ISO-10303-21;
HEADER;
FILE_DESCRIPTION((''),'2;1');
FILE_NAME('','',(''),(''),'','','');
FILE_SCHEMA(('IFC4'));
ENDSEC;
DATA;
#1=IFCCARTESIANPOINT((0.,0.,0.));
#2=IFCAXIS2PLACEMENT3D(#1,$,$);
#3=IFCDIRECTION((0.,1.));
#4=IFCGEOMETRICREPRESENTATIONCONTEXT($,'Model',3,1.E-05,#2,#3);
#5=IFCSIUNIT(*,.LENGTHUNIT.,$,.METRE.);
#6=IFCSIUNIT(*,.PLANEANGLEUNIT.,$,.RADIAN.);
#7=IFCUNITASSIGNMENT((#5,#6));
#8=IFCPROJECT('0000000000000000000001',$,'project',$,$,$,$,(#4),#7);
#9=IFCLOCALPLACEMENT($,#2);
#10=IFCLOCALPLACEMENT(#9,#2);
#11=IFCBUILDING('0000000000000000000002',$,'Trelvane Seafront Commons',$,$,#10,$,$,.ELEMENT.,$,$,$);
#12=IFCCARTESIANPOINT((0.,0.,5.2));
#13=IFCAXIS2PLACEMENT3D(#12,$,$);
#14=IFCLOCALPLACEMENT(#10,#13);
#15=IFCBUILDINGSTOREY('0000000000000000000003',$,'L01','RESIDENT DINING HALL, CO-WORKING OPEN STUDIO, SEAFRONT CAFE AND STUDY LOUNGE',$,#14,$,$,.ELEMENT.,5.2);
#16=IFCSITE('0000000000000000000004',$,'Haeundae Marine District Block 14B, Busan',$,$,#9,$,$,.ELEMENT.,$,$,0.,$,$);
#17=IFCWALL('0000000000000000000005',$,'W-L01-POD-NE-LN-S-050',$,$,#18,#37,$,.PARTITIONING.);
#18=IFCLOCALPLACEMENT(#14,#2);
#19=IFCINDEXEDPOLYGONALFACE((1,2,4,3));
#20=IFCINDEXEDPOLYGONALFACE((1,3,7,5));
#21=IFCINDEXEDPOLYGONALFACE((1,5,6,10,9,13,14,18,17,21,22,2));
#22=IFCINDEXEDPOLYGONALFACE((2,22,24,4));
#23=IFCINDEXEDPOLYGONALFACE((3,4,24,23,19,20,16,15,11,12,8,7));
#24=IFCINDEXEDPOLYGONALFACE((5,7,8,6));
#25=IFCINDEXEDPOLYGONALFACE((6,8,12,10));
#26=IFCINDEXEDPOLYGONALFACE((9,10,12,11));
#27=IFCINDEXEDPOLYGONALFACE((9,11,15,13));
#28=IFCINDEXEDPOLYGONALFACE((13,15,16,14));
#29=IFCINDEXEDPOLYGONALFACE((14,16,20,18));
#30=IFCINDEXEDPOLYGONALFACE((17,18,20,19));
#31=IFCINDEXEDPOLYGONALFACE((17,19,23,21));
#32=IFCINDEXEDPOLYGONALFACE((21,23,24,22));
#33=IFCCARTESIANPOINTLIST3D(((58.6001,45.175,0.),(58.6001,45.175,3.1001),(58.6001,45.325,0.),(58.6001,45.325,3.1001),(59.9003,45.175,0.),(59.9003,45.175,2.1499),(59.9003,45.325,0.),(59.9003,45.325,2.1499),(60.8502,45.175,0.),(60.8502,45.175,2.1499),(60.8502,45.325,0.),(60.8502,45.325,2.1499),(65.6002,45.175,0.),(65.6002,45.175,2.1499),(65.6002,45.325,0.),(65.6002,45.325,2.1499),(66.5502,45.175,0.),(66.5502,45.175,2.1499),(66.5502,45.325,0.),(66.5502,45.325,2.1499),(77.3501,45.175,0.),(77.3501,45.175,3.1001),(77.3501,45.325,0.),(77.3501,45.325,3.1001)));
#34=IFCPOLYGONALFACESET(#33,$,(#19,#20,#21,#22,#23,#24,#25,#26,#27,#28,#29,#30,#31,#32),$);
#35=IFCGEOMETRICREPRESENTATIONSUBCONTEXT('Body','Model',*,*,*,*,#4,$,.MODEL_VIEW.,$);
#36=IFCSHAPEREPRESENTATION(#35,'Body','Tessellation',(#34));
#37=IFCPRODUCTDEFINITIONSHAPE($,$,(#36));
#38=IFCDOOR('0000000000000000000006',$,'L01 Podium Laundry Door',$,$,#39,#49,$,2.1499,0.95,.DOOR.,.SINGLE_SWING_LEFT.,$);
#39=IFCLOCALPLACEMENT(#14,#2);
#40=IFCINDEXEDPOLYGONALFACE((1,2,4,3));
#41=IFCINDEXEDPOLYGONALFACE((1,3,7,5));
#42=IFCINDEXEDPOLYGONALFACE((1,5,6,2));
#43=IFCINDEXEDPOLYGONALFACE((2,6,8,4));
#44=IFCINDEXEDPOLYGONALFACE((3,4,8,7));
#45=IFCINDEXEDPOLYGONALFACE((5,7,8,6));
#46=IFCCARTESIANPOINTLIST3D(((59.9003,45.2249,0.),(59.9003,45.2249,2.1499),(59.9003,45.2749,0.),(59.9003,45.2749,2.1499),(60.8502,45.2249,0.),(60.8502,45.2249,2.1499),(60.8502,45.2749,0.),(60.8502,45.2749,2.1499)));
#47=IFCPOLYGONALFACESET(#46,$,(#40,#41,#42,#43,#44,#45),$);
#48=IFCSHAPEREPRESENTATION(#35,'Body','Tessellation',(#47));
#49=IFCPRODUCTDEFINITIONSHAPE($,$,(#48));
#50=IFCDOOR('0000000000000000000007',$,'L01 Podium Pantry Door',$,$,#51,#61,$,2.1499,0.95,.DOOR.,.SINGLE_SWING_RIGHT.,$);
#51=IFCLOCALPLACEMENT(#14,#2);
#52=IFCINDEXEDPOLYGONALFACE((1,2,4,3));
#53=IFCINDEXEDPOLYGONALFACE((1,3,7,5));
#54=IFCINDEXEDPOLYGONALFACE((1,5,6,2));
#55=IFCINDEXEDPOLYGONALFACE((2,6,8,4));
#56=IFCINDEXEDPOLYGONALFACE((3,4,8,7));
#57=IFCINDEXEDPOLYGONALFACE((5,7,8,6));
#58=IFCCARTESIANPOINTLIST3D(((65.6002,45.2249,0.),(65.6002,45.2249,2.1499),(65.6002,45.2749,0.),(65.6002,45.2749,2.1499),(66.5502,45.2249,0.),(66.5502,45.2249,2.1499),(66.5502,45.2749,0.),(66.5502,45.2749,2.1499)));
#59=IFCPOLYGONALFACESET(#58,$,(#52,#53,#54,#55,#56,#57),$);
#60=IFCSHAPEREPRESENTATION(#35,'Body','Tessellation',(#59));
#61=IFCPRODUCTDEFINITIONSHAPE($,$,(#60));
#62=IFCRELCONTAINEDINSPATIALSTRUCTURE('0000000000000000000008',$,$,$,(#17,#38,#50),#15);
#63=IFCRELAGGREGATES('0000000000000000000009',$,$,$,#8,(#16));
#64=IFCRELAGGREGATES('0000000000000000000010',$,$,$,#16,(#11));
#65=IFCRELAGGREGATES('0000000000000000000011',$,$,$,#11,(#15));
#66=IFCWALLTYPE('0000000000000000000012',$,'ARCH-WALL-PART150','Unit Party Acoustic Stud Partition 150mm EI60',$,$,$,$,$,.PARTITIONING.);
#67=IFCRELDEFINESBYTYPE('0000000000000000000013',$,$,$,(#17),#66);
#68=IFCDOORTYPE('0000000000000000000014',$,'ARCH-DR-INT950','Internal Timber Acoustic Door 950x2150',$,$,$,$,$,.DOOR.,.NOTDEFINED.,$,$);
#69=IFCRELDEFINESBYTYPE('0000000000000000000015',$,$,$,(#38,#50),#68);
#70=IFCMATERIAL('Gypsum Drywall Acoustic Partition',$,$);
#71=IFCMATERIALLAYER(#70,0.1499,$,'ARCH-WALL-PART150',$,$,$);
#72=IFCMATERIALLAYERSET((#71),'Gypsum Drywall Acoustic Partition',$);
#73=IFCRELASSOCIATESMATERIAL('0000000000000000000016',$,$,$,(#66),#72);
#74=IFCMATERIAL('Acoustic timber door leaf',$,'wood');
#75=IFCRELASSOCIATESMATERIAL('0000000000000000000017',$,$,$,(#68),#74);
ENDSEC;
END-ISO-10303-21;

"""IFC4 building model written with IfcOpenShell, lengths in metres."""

from ifc_helpers import new_model, si_unit, direction, frame, frame_2d, origin, place, context, subcontext, project, spatial, rectangle, extrude, source, transform, mapped, material, layer, layer_set, type_object, element, fill, save


model = new_model("IFC4")

# Units and contexts
model_context = context("Model", 3, precision=1e-05, world=origin(), true_north=direction((0.0, 1.0)))
body_context = subcontext(model_context, "Body", "Model", "MODEL_VIEW")
ifc_project = project(units=[si_unit("LENGTHUNIT", "METRE"), si_unit("PLANEANGLEUNIT", "RADIAN")], contexts=[model_context])

# Site, building, storey
site_placement = place(None, origin())
site = spatial("IfcSite", under=ifc_project, at=site_placement, Name="Haeundae Marine District Block 14B, Busan", CompositionType="ELEMENT", RefElevation=0.0)
building_placement = place(site_placement, origin())
building = spatial("IfcBuilding", under=site, at=building_placement, Name="Trelvane Seafront Commons", CompositionType="ELEMENT")
storey_placement = place(building_placement, frame((0.0, 0.0, 5.2)))
storey = spatial("IfcBuildingStorey", under=building, at=storey_placement, Name="L01", Description="RESIDENT DINING HALL, CO-WORKING OPEN STUDIO, SEAFRONT CAFE AND STUDY LOUNGE", CompositionType="ELEMENT", Elevation=5.2)

# Shared definitions
ifc_material_1 = material(Name="Gypsum Drywall Acoustic Partition")

# Wall, openings, doors
ifc_layer_1 = layer(ifc_material_1, 0.1499, Name="ARCH-WALL-PART150")
ifc_layer_set_1 = layer_set([ifc_layer_1], Name="Gypsum Drywall Acoustic Partition")
wall_type_1 = type_object("IfcWallType", Name="ARCH-WALL-PART150", Description="Unit Party Acoustic Stud Partition 150mm EI60", PredefinedType="PARTITIONING", material=ifc_layer_set_1)
wall_1_placement = place(storey_placement, frame((58.6001, 45.25, 0.0), z_axis=(0.0, 0.0, 1.0), x_axis=(1.0, 0.0, 0.0)))
wall_1 = element("IfcWall", 1, at=wall_1_placement, inside=storey, type_object=wall_type_1, Name="W-L01-POD-NE-LN-S-050", PredefinedType="PARTITIONING", context=body_context, shape_type="SweptSolid", body=[
    extrude(rectangle(XDim=18.75, YDim=0.1499, at=frame_2d((9.375, 0.0))), origin(), (0.0, 0.0, 1.0), 3.1001),
])
opening_1_placement = place(wall_1_placement, frame((1.3, 0.0, 0.0)))
opening_1 = element("IfcOpeningElement", 2, at=opening_1_placement, cuts=wall_1, PredefinedType="OPENING", context=body_context, shape_type="SweptSolid", body=[
    extrude(rectangle(XDim=0.95, YDim=2.1499, at=frame_2d((0.4751, 1.075))), frame((0.0, 0.085, 0.0), z_axis=(0.0, -1.0, 0.0), x_axis=(1.0, 0.0, 0.0)), (0.0, 0.0, 1.0), 0.1699),
])
opening_2_placement = place(wall_1_placement, frame((7.0, 0.0, 0.0)))
opening_2 = element("IfcOpeningElement", 3, at=opening_2_placement, cuts=wall_1, PredefinedType="OPENING", context=body_context, shape_type="SweptSolid", body=[
    extrude(rectangle(XDim=0.95, YDim=2.1499, at=frame_2d((0.4751, 1.075))), frame((0.0, 0.085, 0.0), z_axis=(0.0, -1.0, 0.0), x_axis=(1.0, 0.0, 0.0)), (0.0, 0.0, 1.0), 0.1699),
])
ifc_material_2 = material(Name="Acoustic timber door leaf", Category="wood")
door_type = type_object("IfcDoorType", Name="ARCH-DR-INT950", Description="Internal Timber Acoustic Door 950x2150", OperationType="NOTDEFINED", PredefinedType="DOOR", material=ifc_material_2)
shared_shape_1 = source(origin(), body_context, "Body", "SweptSolid", [
    extrude(rectangle(XDim=0.95, YDim=2.1499, at=frame_2d((0.4751, 1.075))), frame((0.0, 0.0249, 0.0), z_axis=(0.0, -1.0, 0.0), x_axis=(1.0, 0.0, 0.0)), (0.0, 0.0, 1.0), 0.05),
])
door_1_placement = place(opening_1_placement, origin())
door_1 = element("IfcDoor", 4, at=door_1_placement, inside=storey, type_object=door_type, Name="L01 Podium Laundry Door", OperationType="SINGLE_SWING_LEFT", OverallHeight=2.1499, OverallWidth=0.95, PredefinedType="DOOR", context=body_context, shape_type="MappedRepresentation", body=[
    mapped(shared_shape_1, transform((0.0, 0.0, 0.0), x_axis=(1.0, 0.0, 0.0), y_axis=(0.0, 1.0, 0.0), z_axis=(0.0, 0.0, 1.0), scale=1.0)),
])
fill(opening_1, door_1)
door_2_placement = place(opening_2_placement, origin())
door_2 = element("IfcDoor", 5, at=door_2_placement, inside=storey, type_object=door_type, Name="L01 Podium Pantry Door", OperationType="SINGLE_SWING_RIGHT", OverallHeight=2.1499, OverallWidth=0.95, PredefinedType="DOOR", context=body_context, shape_type="MappedRepresentation", body=[
    mapped(shared_shape_1, transform((0.0, 0.0, 0.0), x_axis=(1.0, 0.0, 0.0), y_axis=(0.0, 1.0, 0.0), z_axis=(0.0, 0.0, 1.0), scale=1.0)),
])
fill(opening_2, door_2)

save(model, "model.ifc")
